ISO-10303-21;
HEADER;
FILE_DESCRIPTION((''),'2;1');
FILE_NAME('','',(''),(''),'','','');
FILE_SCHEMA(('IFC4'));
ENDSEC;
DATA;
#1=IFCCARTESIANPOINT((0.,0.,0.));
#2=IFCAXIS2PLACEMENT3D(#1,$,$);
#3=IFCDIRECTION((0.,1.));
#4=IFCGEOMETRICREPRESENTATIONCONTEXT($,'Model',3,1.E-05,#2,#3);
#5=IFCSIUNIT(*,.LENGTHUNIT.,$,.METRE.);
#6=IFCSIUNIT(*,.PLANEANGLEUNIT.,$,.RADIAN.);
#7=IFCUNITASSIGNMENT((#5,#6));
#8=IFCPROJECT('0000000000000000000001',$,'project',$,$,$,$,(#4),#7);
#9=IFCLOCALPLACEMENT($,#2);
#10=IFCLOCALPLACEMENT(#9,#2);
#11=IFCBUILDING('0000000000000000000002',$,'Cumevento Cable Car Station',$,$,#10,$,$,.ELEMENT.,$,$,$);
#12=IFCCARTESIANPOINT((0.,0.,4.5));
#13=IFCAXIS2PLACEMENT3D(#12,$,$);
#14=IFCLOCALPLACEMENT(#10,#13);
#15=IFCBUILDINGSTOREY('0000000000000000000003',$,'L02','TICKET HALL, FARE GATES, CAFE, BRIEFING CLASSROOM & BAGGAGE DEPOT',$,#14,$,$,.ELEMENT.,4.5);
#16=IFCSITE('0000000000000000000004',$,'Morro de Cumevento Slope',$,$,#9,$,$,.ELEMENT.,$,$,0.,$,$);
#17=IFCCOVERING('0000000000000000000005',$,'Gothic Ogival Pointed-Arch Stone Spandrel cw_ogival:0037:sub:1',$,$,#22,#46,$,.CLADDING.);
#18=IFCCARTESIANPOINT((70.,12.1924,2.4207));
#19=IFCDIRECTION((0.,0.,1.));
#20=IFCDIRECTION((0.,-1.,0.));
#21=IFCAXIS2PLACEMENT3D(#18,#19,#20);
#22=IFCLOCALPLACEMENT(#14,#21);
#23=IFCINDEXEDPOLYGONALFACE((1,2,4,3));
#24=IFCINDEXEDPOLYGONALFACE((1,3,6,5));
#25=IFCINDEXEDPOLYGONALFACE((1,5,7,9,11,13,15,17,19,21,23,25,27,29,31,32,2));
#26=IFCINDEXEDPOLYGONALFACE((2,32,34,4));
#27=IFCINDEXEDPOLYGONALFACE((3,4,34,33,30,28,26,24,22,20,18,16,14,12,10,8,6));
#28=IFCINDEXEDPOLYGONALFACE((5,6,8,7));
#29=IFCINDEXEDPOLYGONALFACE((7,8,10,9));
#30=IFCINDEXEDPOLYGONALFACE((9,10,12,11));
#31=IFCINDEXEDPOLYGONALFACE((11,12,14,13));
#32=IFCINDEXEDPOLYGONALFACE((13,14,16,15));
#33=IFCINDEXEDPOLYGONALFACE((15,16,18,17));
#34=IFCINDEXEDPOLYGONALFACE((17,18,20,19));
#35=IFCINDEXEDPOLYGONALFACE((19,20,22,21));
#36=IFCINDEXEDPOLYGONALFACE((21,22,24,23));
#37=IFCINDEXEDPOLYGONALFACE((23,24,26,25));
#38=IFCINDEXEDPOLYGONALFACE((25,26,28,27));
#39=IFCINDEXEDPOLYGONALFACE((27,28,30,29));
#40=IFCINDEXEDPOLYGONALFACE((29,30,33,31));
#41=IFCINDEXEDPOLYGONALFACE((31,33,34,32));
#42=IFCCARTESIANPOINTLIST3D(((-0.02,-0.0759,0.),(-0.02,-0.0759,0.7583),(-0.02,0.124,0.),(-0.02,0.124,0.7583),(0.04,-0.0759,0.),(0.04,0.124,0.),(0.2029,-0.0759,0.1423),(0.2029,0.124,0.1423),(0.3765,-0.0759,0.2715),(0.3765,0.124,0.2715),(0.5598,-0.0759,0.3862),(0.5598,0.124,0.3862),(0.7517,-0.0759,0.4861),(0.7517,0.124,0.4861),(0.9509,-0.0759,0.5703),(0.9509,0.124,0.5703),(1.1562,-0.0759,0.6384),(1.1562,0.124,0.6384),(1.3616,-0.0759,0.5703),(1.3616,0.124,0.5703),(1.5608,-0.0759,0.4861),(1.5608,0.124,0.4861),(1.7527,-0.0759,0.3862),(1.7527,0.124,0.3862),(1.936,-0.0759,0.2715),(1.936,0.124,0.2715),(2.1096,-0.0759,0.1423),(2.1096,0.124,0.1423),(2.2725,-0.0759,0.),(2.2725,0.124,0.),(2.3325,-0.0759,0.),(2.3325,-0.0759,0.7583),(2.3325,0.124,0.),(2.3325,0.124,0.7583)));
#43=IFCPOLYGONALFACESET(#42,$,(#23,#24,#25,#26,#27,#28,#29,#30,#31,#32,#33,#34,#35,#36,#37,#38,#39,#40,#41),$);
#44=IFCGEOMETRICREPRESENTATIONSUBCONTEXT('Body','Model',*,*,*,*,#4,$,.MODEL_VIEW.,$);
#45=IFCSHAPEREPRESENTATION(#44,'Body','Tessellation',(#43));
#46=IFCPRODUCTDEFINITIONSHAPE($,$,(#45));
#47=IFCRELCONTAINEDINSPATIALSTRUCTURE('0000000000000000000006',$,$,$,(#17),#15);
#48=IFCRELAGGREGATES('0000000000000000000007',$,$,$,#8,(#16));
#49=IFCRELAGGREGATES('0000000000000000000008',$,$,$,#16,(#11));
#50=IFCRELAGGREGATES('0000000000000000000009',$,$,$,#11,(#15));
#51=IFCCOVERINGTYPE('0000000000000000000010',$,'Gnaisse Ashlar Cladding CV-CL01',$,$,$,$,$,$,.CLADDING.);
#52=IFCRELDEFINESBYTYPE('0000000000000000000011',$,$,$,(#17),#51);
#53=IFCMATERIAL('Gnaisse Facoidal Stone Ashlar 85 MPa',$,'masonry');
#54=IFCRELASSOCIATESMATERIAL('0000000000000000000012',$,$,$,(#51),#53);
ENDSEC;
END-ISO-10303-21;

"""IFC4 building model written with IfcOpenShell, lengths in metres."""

from ifc_helpers import new_model, si_unit, direction, frame, origin, place, context, subcontext, project, spatial, polyline, outline, extrude, material, type_object, element, save


model = new_model("IFC4")

# Units and contexts
model_context = context("Model", 3, precision=1e-05, world=origin(), true_north=direction((0.0, 1.0)))
body_context = subcontext(model_context, "Body", "Model", "MODEL_VIEW")
ifc_project = project(units=[si_unit("LENGTHUNIT", "METRE"), si_unit("PLANEANGLEUNIT", "RADIAN")], contexts=[model_context])

# Site, building, storey
site_placement = place(None, origin())
site = spatial("IfcSite", under=ifc_project, at=site_placement, Name="Morro de Cumevento Slope", CompositionType="ELEMENT", RefElevation=0.0)
building_placement = place(site_placement, origin())
building = spatial("IfcBuilding", under=site, at=building_placement, Name="Cumevento Cable Car Station", CompositionType="ELEMENT")
storey_placement = place(building_placement, frame((0.0, 0.0, 4.5)))
storey = spatial("IfcBuildingStorey", under=building, at=storey_placement, Name="L02", Description="TICKET HALL, FARE GATES, CAFE, BRIEFING CLASSROOM & BAGGAGE DEPOT", CompositionType="ELEMENT", Elevation=4.5)

# Covering
ifc_material_1 = material(Name="Gnaisse Facoidal Stone Ashlar 85 MPa", Category="masonry")
covering_type = type_object("IfcCoveringType", Name="Gnaisse Ashlar Cladding CV-CL01", PredefinedType="CLADDING", material=ifc_material_1)
covering_1_placement = place(storey_placement, frame((70.0, 12.1924, 2.4207), z_axis=(0.0, 0.0, 1.0), x_axis=(0.0, -1.0, 0.0)))
element("IfcCovering", 1, at=covering_1_placement, inside=storey, type_object=covering_type, Name="Gothic Ogival Pointed-Arch Stone Spandrel cw_ogival:0037:sub:1", PredefinedType="CLADDING", context=body_context, shape_type="SweptSolid", body=[
    extrude(outline(polyline([(-0.02, 0.0), (-0.02, 0.7583), (2.3325, 0.7583), (2.3325, 0.0), (2.2725, 0.0), (2.1096, 0.1423), (1.936, 0.2715), (1.7527, 0.3862), (1.5608, 0.4861), (1.3616, 0.5703), (1.1562, 0.6384), (0.9509, 0.5703), (0.7517, 0.4861), (0.5598, 0.3862), (0.3765, 0.2715), (0.2029, 0.1423), (0.04, 0.0), (-0.02, 0.0)])), frame((0.0, 0.124, 0.0), z_axis=(0.0, -1.0, 0.0), x_axis=(1.0, 0.0, 0.0)), (0.0, 0.0, 1.0), 0.2),
])

save(model, "model.ifc")
